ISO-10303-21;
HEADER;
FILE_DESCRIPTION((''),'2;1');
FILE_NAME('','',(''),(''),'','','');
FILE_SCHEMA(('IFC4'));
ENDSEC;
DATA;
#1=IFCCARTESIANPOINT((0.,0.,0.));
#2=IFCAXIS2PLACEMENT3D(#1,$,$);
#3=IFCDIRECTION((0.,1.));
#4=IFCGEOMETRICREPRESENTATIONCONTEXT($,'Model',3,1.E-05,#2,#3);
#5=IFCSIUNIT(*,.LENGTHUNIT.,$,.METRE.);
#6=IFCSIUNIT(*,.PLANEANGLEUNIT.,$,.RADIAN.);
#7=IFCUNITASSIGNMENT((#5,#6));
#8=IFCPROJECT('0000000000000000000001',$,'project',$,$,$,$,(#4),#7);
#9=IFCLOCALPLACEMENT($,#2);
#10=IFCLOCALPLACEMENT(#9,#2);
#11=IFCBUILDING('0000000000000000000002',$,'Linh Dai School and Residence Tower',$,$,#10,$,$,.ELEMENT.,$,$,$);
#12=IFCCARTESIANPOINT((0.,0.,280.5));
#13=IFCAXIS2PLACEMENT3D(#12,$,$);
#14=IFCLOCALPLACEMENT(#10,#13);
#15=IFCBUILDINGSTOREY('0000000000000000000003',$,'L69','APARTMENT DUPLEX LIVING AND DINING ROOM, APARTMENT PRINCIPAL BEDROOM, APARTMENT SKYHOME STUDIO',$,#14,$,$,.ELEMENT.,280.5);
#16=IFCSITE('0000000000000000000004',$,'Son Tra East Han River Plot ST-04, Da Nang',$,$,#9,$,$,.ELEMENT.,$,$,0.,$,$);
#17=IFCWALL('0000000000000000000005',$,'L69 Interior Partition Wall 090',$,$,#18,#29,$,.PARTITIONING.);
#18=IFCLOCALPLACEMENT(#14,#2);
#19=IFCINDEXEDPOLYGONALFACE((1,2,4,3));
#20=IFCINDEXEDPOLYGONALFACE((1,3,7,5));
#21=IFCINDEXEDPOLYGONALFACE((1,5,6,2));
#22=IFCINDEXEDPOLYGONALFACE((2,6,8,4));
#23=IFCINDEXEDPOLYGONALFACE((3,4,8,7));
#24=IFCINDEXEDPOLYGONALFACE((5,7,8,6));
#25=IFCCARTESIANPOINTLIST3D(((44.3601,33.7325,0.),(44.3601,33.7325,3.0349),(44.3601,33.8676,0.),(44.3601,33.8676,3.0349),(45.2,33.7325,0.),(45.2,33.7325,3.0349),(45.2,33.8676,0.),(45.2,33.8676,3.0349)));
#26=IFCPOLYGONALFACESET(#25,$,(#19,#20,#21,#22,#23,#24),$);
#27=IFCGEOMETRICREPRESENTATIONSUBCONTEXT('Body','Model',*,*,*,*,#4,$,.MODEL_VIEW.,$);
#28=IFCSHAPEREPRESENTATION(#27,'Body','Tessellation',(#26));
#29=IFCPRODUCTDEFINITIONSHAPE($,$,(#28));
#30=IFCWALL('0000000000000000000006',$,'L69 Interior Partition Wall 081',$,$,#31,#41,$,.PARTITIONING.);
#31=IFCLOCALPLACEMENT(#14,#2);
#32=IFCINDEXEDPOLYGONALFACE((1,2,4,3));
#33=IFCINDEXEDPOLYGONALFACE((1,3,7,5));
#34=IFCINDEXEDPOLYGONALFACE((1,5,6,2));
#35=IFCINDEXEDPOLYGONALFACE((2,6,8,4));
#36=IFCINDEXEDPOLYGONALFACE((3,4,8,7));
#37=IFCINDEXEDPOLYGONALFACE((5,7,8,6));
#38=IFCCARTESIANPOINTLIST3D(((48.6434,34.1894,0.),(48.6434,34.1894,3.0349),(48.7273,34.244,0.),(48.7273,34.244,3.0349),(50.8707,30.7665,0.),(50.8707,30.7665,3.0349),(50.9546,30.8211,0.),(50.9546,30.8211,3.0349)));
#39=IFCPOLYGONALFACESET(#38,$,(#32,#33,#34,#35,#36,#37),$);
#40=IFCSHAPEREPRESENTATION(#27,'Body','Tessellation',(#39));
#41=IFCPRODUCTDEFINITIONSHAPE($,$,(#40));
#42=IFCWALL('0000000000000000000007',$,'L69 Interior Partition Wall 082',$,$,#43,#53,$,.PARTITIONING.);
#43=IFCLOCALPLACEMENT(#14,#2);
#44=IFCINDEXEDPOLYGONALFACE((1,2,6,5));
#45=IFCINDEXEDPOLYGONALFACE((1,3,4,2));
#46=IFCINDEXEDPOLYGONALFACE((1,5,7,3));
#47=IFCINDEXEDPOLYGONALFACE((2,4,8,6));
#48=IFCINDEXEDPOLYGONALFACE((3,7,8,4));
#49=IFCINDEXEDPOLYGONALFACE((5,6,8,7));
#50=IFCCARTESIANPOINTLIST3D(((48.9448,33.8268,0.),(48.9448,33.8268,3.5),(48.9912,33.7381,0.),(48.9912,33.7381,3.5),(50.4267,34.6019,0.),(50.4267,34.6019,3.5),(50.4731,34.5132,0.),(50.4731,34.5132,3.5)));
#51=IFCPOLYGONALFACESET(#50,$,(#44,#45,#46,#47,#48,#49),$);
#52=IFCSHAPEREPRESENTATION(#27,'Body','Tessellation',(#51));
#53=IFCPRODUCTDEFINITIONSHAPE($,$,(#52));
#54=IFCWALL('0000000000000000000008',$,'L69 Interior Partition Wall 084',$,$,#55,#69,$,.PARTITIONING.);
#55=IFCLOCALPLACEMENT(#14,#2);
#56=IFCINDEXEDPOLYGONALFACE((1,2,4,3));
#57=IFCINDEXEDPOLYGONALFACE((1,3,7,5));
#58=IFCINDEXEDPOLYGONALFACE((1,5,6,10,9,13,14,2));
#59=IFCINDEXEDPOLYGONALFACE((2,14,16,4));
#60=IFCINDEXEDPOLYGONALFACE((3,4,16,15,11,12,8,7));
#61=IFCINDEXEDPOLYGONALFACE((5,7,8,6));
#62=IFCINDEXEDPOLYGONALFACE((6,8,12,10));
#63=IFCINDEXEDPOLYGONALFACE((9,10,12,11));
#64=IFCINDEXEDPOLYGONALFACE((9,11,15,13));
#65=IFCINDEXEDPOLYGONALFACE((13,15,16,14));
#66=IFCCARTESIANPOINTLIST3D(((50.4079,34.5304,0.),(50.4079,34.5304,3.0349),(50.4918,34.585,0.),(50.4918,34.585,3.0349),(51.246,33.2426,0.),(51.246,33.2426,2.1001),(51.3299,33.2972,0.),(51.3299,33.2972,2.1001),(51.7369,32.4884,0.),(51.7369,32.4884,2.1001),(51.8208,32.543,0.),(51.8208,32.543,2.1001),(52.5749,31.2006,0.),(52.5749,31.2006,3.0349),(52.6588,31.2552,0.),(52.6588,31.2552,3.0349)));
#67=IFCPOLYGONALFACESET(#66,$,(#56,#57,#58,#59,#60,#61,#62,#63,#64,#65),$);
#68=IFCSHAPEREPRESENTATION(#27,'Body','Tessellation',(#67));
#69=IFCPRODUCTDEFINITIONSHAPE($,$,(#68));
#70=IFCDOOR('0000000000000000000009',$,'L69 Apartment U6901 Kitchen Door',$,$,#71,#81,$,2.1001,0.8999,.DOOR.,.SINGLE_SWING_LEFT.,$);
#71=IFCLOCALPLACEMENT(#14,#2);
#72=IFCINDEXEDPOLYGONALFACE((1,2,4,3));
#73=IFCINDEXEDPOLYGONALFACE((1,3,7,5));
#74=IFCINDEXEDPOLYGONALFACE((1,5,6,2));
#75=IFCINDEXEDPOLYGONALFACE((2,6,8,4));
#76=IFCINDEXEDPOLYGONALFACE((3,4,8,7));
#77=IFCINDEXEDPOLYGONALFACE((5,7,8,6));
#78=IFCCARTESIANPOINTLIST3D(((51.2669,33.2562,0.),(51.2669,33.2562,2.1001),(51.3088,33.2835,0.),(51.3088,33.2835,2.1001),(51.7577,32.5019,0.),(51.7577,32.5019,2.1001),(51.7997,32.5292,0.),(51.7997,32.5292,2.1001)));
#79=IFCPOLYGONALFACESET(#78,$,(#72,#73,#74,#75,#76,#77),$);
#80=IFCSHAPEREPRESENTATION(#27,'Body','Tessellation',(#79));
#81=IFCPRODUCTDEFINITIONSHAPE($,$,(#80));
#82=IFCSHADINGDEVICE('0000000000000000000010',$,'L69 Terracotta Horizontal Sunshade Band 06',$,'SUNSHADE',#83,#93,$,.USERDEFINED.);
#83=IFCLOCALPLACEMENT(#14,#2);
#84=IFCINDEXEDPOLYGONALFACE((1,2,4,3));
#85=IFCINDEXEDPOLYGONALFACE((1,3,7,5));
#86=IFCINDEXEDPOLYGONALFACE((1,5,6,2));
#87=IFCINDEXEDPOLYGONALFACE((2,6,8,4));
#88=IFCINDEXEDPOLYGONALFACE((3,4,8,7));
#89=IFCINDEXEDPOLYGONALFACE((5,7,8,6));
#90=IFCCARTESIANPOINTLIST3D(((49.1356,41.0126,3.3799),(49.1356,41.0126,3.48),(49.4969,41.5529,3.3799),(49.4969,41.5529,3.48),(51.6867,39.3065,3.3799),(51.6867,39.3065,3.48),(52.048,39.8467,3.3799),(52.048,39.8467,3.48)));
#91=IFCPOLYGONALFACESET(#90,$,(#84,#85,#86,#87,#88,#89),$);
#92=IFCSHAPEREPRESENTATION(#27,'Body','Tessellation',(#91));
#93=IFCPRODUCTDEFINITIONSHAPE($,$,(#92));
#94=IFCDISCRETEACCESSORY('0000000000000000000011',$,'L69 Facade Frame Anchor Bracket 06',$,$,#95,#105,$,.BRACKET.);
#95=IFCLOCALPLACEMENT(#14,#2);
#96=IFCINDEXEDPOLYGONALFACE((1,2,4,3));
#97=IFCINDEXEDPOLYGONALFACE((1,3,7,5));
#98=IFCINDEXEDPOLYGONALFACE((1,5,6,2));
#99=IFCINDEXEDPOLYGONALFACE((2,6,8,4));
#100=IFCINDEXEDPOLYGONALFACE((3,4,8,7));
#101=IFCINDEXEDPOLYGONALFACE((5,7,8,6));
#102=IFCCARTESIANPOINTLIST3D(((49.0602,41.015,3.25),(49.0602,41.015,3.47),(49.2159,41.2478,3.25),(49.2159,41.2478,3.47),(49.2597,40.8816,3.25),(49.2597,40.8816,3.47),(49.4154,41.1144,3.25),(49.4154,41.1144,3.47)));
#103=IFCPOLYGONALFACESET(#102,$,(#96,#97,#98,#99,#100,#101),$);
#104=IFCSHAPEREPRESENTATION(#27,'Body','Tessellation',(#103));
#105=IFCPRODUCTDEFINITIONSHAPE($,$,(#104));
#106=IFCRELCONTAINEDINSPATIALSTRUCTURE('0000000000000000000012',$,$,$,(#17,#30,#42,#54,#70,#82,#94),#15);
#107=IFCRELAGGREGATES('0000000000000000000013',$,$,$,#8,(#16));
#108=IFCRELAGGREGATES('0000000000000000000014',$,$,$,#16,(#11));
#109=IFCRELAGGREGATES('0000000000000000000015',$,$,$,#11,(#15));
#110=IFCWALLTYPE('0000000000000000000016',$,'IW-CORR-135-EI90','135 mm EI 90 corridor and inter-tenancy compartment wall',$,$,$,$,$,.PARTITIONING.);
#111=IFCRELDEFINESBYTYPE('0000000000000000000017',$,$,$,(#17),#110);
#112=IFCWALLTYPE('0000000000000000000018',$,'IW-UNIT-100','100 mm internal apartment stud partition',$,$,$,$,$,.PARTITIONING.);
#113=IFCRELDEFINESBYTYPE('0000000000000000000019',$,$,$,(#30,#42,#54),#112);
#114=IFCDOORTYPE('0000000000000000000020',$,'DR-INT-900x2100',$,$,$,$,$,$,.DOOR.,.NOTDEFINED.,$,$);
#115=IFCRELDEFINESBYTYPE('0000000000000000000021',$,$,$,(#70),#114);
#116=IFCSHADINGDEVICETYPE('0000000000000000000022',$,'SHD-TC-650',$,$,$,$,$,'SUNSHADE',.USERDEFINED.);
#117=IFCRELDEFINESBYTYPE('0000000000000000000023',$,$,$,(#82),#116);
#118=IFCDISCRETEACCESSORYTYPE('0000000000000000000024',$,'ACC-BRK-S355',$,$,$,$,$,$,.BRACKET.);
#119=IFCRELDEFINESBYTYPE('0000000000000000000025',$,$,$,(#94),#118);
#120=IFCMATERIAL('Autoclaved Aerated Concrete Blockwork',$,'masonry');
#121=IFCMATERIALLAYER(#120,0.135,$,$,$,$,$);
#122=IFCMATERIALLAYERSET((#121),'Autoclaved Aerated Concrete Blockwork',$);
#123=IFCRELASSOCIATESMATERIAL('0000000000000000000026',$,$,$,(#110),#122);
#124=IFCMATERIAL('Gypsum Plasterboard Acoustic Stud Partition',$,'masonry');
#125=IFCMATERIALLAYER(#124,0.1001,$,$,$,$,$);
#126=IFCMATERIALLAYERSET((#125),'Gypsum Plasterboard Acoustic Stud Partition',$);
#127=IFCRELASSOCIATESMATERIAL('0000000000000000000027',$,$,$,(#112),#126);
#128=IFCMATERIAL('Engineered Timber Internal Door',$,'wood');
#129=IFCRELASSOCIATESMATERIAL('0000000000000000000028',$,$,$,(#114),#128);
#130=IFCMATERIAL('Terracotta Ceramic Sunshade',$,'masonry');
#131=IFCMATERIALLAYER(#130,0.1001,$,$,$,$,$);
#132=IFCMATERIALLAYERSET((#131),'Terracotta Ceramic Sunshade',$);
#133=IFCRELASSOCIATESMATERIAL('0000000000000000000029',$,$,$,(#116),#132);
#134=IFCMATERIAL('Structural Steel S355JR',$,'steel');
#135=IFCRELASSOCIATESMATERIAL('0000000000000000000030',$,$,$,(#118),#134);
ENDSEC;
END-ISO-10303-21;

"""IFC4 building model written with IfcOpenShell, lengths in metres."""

from ifc_helpers import new_model, si_unit, direction, frame, frame_2d, origin, origin_2d, place, context, subcontext, project, spatial, rectangle, extrude, source, transform, mapped, material, layer, layer_set, type_object, element, fill, save


model = new_model("IFC4")

# Units and contexts
model_context = context("Model", 3, precision=1e-05, world=origin(), true_north=direction((0.0, 1.0)))
body_context = subcontext(model_context, "Body", "Model", "MODEL_VIEW")
ifc_project = project(units=[si_unit("LENGTHUNIT", "METRE"), si_unit("PLANEANGLEUNIT", "RADIAN")], contexts=[model_context])

# Site, building, storey
site_placement = place(None, origin())
site = spatial("IfcSite", under=ifc_project, at=site_placement, Name="Son Tra East Han River Plot ST-04, Da Nang", CompositionType="ELEMENT", RefElevation=0.0)
building_placement = place(site_placement, origin())
building = spatial("IfcBuilding", under=site, at=building_placement, Name="Linh Dai School and Residence Tower", CompositionType="ELEMENT")
storey_placement = place(building_placement, frame((0.0, 0.0, 280.5)))
storey = spatial("IfcBuildingStorey", under=building, at=storey_placement, Name="L69", Description="APARTMENT DUPLEX LIVING AND DINING ROOM, APARTMENT PRINCIPAL BEDROOM, APARTMENT SKYHOME STUDIO", CompositionType="ELEMENT", Elevation=280.5)

# Shared definitions
ifc_material_1 = material(Name="Structural Steel S355JR", Category="steel")

# Walls
ifc_material_2 = material(Name="Autoclaved Aerated Concrete Blockwork", Category="masonry")
ifc_layer_1 = layer(ifc_material_2, 0.135)
ifc_layer_set_1 = layer_set([ifc_layer_1], Name="Autoclaved Aerated Concrete Blockwork")
wall_type_1 = type_object("IfcWallType", Name="IW-CORR-135-EI90", Description="135 mm EI 90 corridor and inter-tenancy compartment wall", PredefinedType="PARTITIONING", material=ifc_layer_set_1)
wall_1_placement = place(storey_placement, frame((45.2, 33.8, 0.0), z_axis=(0.0, 0.0, 1.0), x_axis=(-1.0, 0.0, 0.0)))
element("IfcWall", 1, at=wall_1_placement, inside=storey, type_object=wall_type_1, Name="L69 Interior Partition Wall 090", PredefinedType="PARTITIONING", context=body_context, shape_type="SweptSolid", body=[
    extrude(rectangle(XDim=0.8398, YDim=0.135, at=frame_2d((0.4199, 0.0))), origin(), (0.0, 0.0, 1.0), 3.0349),
])
ifc_material_3 = material(Name="Gypsum Plasterboard Acoustic Stud Partition", Category="masonry")
ifc_layer_2 = layer(ifc_material_3, 0.1001)
ifc_layer_set_2 = layer_set([ifc_layer_2], Name="Gypsum Plasterboard Acoustic Stud Partition")
wall_type_2 = type_object("IfcWallType", Name="IW-UNIT-100", Description="100 mm internal apartment stud partition", PredefinedType="PARTITIONING", material=ifc_layer_set_2)
wall_2_placement = place(storey_placement, frame((48.6853, 34.2168, 0.0), z_axis=(0.0, 0.0, 1.0), x_axis=(0.545409, -0.83817, 0.0)))
element("IfcWall", 2, at=wall_2_placement, inside=storey, type_object=wall_type_2, Name="L69 Interior Partition Wall 081", PredefinedType="PARTITIONING", context=body_context, shape_type="SweptSolid", body=[
    extrude(rectangle(XDim=4.0837, YDim=0.1001, at=frame_2d((2.042, 0.0))), origin(), (0.0, 0.0, 1.0), 3.0349),
])
wall_3_placement = place(storey_placement, frame((48.968, 33.7825, 0.0), z_axis=(0.0, 0.0, 1.0), x_axis=(0.886103, 0.463489, 0.0)))
element("IfcWall", 3, at=wall_3_placement, inside=storey, type_object=wall_type_2, Name="L69 Interior Partition Wall 082", PredefinedType="PARTITIONING", context=body_context, shape_type="SweptSolid", body=[
    extrude(rectangle(XDim=1.6724, YDim=0.1001, at=frame_2d((0.8362, 0.0))), origin(), (0.0, 0.0, 1.0), 3.5),
])

# Wall, opening, door
wall_4_placement = place(storey_placement, frame((50.45, 34.5576, 0.0), z_axis=(0.0, 0.0, 1.0), x_axis=(0.545448, -0.838144, 0.0)))
wall_4 = element("IfcWall", 4, at=wall_4_placement, inside=storey, type_object=wall_type_2, Name="L69 Interior Partition Wall 084", PredefinedType="PARTITIONING", context=body_context, shape_type="SweptSolid", body=[
    extrude(rectangle(XDim=3.9729, YDim=0.1001, at=frame_2d((1.9863, 0.0))), origin(), (0.0, 0.0, 1.0), 3.0349),
])
opening_1_placement = place(wall_4_placement, frame((1.5364, 0.0, 0.0)))
opening_1 = element("IfcOpeningElement", 5, at=opening_1_placement, cuts=wall_4, PredefinedType="OPENING", context=body_context, shape_type="SweptSolid", body=[
    extrude(rectangle(XDim=0.8999, YDim=2.1001, at=origin_2d()), frame((0.45, 0.0601, 1.05), z_axis=(0.0, -1.0, 0.0), x_axis=(1.0, 0.0, 0.0)), (0.0, 0.0, 1.0), 0.1201),
])
ifc_material_4 = material(Name="Engineered Timber Internal Door", Category="wood")
door_type = type_object("IfcDoorType", Name="DR-INT-900x2100", OperationType="NOTDEFINED", PredefinedType="DOOR", material=ifc_material_4)
shared_shape_1 = source(origin(), body_context, "Body", "SweptSolid", [
    extrude(rectangle(XDim=0.8999, YDim=2.1001, at=origin_2d()), frame((0.45, 0.0249, 1.05), z_axis=(0.0, -1.0, 0.0), x_axis=(1.0, 0.0, 0.0)), (0.0, 0.0, 1.0), 0.05),
])
door_placement = place(opening_1_placement, origin())
door = element("IfcDoor", 6, at=door_placement, inside=storey, type_object=door_type, Name="L69 Apartment U6901 Kitchen Door", OperationType="SINGLE_SWING_LEFT", OverallHeight=2.1001, OverallWidth=0.8999, PredefinedType="DOOR", context=body_context, shape_type="MappedRepresentation", body=[
    mapped(shared_shape_1, transform((0.0, 0.0, 0.0), x_axis=(1.0, 0.0, 0.0), y_axis=(0.0, 1.0, 0.0), z_axis=(0.0, 0.0, 1.0), scale=1.0)),
])
fill(opening_1, door)

# Shading device
ifc_material_5 = material(Name="Terracotta Ceramic Sunshade", Category="masonry")
ifc_layer_3 = layer(ifc_material_5, 0.1001)
ifc_layer_set_3 = layer_set([ifc_layer_3], Name="Terracotta Ceramic Sunshade")
shading_device_type = type_object("IfcShadingDeviceType", Name="SHD-TC-650", ElementType="SUNSHADE", PredefinedType="USERDEFINED", material=ifc_layer_set_3)
shared_shape_2 = source(origin(), body_context, "Body", "SweptSolid", [
    extrude(rectangle(XDim=3.0691, YDim=0.6499, at=origin_2d()), origin(), (0.0, 0.0, 1.0), 0.1001),
])
shading_device_placement = place(storey_placement, frame((50.5918, 40.4297, 3.3799), z_axis=(0.0, 0.0, 1.0), x_axis=(0.831244, -0.555908, 0.0)))
element("IfcShadingDevice", 7, at=shading_device_placement, inside=storey, type_object=shading_device_type, Name="L69 Terracotta Horizontal Sunshade Band 06", ObjectType="SUNSHADE", PredefinedType="USERDEFINED", context=body_context, shape_type="MappedRepresentation", body=[
    mapped(shared_shape_2, transform((0.0, 0.0, 0.0), x_axis=(1.0, 0.0, 0.0), y_axis=(0.0, 1.0, 0.0), z_axis=(0.0, 0.0, 1.0), scale=1.0)),
])

# Discrete accessory
discrete_accessory_type = type_object("IfcDiscreteAccessoryType", Name="ACC-BRK-S355", PredefinedType="BRACKET", material=ifc_material_1)
shared_shape_3 = source(origin(), body_context, "Body", "SweptSolid", [
    extrude(rectangle(XDim=0.28, YDim=0.24, at=origin_2d()), origin(), (0.0, 0.0, 1.0), 0.22),
])
discrete_accessory_placement = place(storey_placement, frame((49.2378, 41.0647, 3.25), z_axis=(0.0, 0.0, 1.0), x_axis=(0.555908, 0.831244, 0.0)))
element("IfcDiscreteAccessory", 8, at=discrete_accessory_placement, inside=storey, type_object=discrete_accessory_type, Name="L69 Facade Frame Anchor Bracket 06", PredefinedType="BRACKET", context=body_context, shape_type="MappedRepresentation", body=[
    mapped(shared_shape_3, transform((0.0, 0.0, 0.0), x_axis=(1.0, 0.0, 0.0), y_axis=(0.0, 1.0, 0.0), z_axis=(0.0, 0.0, 1.0), scale=1.0)),
])

save(model, "model.ifc")
